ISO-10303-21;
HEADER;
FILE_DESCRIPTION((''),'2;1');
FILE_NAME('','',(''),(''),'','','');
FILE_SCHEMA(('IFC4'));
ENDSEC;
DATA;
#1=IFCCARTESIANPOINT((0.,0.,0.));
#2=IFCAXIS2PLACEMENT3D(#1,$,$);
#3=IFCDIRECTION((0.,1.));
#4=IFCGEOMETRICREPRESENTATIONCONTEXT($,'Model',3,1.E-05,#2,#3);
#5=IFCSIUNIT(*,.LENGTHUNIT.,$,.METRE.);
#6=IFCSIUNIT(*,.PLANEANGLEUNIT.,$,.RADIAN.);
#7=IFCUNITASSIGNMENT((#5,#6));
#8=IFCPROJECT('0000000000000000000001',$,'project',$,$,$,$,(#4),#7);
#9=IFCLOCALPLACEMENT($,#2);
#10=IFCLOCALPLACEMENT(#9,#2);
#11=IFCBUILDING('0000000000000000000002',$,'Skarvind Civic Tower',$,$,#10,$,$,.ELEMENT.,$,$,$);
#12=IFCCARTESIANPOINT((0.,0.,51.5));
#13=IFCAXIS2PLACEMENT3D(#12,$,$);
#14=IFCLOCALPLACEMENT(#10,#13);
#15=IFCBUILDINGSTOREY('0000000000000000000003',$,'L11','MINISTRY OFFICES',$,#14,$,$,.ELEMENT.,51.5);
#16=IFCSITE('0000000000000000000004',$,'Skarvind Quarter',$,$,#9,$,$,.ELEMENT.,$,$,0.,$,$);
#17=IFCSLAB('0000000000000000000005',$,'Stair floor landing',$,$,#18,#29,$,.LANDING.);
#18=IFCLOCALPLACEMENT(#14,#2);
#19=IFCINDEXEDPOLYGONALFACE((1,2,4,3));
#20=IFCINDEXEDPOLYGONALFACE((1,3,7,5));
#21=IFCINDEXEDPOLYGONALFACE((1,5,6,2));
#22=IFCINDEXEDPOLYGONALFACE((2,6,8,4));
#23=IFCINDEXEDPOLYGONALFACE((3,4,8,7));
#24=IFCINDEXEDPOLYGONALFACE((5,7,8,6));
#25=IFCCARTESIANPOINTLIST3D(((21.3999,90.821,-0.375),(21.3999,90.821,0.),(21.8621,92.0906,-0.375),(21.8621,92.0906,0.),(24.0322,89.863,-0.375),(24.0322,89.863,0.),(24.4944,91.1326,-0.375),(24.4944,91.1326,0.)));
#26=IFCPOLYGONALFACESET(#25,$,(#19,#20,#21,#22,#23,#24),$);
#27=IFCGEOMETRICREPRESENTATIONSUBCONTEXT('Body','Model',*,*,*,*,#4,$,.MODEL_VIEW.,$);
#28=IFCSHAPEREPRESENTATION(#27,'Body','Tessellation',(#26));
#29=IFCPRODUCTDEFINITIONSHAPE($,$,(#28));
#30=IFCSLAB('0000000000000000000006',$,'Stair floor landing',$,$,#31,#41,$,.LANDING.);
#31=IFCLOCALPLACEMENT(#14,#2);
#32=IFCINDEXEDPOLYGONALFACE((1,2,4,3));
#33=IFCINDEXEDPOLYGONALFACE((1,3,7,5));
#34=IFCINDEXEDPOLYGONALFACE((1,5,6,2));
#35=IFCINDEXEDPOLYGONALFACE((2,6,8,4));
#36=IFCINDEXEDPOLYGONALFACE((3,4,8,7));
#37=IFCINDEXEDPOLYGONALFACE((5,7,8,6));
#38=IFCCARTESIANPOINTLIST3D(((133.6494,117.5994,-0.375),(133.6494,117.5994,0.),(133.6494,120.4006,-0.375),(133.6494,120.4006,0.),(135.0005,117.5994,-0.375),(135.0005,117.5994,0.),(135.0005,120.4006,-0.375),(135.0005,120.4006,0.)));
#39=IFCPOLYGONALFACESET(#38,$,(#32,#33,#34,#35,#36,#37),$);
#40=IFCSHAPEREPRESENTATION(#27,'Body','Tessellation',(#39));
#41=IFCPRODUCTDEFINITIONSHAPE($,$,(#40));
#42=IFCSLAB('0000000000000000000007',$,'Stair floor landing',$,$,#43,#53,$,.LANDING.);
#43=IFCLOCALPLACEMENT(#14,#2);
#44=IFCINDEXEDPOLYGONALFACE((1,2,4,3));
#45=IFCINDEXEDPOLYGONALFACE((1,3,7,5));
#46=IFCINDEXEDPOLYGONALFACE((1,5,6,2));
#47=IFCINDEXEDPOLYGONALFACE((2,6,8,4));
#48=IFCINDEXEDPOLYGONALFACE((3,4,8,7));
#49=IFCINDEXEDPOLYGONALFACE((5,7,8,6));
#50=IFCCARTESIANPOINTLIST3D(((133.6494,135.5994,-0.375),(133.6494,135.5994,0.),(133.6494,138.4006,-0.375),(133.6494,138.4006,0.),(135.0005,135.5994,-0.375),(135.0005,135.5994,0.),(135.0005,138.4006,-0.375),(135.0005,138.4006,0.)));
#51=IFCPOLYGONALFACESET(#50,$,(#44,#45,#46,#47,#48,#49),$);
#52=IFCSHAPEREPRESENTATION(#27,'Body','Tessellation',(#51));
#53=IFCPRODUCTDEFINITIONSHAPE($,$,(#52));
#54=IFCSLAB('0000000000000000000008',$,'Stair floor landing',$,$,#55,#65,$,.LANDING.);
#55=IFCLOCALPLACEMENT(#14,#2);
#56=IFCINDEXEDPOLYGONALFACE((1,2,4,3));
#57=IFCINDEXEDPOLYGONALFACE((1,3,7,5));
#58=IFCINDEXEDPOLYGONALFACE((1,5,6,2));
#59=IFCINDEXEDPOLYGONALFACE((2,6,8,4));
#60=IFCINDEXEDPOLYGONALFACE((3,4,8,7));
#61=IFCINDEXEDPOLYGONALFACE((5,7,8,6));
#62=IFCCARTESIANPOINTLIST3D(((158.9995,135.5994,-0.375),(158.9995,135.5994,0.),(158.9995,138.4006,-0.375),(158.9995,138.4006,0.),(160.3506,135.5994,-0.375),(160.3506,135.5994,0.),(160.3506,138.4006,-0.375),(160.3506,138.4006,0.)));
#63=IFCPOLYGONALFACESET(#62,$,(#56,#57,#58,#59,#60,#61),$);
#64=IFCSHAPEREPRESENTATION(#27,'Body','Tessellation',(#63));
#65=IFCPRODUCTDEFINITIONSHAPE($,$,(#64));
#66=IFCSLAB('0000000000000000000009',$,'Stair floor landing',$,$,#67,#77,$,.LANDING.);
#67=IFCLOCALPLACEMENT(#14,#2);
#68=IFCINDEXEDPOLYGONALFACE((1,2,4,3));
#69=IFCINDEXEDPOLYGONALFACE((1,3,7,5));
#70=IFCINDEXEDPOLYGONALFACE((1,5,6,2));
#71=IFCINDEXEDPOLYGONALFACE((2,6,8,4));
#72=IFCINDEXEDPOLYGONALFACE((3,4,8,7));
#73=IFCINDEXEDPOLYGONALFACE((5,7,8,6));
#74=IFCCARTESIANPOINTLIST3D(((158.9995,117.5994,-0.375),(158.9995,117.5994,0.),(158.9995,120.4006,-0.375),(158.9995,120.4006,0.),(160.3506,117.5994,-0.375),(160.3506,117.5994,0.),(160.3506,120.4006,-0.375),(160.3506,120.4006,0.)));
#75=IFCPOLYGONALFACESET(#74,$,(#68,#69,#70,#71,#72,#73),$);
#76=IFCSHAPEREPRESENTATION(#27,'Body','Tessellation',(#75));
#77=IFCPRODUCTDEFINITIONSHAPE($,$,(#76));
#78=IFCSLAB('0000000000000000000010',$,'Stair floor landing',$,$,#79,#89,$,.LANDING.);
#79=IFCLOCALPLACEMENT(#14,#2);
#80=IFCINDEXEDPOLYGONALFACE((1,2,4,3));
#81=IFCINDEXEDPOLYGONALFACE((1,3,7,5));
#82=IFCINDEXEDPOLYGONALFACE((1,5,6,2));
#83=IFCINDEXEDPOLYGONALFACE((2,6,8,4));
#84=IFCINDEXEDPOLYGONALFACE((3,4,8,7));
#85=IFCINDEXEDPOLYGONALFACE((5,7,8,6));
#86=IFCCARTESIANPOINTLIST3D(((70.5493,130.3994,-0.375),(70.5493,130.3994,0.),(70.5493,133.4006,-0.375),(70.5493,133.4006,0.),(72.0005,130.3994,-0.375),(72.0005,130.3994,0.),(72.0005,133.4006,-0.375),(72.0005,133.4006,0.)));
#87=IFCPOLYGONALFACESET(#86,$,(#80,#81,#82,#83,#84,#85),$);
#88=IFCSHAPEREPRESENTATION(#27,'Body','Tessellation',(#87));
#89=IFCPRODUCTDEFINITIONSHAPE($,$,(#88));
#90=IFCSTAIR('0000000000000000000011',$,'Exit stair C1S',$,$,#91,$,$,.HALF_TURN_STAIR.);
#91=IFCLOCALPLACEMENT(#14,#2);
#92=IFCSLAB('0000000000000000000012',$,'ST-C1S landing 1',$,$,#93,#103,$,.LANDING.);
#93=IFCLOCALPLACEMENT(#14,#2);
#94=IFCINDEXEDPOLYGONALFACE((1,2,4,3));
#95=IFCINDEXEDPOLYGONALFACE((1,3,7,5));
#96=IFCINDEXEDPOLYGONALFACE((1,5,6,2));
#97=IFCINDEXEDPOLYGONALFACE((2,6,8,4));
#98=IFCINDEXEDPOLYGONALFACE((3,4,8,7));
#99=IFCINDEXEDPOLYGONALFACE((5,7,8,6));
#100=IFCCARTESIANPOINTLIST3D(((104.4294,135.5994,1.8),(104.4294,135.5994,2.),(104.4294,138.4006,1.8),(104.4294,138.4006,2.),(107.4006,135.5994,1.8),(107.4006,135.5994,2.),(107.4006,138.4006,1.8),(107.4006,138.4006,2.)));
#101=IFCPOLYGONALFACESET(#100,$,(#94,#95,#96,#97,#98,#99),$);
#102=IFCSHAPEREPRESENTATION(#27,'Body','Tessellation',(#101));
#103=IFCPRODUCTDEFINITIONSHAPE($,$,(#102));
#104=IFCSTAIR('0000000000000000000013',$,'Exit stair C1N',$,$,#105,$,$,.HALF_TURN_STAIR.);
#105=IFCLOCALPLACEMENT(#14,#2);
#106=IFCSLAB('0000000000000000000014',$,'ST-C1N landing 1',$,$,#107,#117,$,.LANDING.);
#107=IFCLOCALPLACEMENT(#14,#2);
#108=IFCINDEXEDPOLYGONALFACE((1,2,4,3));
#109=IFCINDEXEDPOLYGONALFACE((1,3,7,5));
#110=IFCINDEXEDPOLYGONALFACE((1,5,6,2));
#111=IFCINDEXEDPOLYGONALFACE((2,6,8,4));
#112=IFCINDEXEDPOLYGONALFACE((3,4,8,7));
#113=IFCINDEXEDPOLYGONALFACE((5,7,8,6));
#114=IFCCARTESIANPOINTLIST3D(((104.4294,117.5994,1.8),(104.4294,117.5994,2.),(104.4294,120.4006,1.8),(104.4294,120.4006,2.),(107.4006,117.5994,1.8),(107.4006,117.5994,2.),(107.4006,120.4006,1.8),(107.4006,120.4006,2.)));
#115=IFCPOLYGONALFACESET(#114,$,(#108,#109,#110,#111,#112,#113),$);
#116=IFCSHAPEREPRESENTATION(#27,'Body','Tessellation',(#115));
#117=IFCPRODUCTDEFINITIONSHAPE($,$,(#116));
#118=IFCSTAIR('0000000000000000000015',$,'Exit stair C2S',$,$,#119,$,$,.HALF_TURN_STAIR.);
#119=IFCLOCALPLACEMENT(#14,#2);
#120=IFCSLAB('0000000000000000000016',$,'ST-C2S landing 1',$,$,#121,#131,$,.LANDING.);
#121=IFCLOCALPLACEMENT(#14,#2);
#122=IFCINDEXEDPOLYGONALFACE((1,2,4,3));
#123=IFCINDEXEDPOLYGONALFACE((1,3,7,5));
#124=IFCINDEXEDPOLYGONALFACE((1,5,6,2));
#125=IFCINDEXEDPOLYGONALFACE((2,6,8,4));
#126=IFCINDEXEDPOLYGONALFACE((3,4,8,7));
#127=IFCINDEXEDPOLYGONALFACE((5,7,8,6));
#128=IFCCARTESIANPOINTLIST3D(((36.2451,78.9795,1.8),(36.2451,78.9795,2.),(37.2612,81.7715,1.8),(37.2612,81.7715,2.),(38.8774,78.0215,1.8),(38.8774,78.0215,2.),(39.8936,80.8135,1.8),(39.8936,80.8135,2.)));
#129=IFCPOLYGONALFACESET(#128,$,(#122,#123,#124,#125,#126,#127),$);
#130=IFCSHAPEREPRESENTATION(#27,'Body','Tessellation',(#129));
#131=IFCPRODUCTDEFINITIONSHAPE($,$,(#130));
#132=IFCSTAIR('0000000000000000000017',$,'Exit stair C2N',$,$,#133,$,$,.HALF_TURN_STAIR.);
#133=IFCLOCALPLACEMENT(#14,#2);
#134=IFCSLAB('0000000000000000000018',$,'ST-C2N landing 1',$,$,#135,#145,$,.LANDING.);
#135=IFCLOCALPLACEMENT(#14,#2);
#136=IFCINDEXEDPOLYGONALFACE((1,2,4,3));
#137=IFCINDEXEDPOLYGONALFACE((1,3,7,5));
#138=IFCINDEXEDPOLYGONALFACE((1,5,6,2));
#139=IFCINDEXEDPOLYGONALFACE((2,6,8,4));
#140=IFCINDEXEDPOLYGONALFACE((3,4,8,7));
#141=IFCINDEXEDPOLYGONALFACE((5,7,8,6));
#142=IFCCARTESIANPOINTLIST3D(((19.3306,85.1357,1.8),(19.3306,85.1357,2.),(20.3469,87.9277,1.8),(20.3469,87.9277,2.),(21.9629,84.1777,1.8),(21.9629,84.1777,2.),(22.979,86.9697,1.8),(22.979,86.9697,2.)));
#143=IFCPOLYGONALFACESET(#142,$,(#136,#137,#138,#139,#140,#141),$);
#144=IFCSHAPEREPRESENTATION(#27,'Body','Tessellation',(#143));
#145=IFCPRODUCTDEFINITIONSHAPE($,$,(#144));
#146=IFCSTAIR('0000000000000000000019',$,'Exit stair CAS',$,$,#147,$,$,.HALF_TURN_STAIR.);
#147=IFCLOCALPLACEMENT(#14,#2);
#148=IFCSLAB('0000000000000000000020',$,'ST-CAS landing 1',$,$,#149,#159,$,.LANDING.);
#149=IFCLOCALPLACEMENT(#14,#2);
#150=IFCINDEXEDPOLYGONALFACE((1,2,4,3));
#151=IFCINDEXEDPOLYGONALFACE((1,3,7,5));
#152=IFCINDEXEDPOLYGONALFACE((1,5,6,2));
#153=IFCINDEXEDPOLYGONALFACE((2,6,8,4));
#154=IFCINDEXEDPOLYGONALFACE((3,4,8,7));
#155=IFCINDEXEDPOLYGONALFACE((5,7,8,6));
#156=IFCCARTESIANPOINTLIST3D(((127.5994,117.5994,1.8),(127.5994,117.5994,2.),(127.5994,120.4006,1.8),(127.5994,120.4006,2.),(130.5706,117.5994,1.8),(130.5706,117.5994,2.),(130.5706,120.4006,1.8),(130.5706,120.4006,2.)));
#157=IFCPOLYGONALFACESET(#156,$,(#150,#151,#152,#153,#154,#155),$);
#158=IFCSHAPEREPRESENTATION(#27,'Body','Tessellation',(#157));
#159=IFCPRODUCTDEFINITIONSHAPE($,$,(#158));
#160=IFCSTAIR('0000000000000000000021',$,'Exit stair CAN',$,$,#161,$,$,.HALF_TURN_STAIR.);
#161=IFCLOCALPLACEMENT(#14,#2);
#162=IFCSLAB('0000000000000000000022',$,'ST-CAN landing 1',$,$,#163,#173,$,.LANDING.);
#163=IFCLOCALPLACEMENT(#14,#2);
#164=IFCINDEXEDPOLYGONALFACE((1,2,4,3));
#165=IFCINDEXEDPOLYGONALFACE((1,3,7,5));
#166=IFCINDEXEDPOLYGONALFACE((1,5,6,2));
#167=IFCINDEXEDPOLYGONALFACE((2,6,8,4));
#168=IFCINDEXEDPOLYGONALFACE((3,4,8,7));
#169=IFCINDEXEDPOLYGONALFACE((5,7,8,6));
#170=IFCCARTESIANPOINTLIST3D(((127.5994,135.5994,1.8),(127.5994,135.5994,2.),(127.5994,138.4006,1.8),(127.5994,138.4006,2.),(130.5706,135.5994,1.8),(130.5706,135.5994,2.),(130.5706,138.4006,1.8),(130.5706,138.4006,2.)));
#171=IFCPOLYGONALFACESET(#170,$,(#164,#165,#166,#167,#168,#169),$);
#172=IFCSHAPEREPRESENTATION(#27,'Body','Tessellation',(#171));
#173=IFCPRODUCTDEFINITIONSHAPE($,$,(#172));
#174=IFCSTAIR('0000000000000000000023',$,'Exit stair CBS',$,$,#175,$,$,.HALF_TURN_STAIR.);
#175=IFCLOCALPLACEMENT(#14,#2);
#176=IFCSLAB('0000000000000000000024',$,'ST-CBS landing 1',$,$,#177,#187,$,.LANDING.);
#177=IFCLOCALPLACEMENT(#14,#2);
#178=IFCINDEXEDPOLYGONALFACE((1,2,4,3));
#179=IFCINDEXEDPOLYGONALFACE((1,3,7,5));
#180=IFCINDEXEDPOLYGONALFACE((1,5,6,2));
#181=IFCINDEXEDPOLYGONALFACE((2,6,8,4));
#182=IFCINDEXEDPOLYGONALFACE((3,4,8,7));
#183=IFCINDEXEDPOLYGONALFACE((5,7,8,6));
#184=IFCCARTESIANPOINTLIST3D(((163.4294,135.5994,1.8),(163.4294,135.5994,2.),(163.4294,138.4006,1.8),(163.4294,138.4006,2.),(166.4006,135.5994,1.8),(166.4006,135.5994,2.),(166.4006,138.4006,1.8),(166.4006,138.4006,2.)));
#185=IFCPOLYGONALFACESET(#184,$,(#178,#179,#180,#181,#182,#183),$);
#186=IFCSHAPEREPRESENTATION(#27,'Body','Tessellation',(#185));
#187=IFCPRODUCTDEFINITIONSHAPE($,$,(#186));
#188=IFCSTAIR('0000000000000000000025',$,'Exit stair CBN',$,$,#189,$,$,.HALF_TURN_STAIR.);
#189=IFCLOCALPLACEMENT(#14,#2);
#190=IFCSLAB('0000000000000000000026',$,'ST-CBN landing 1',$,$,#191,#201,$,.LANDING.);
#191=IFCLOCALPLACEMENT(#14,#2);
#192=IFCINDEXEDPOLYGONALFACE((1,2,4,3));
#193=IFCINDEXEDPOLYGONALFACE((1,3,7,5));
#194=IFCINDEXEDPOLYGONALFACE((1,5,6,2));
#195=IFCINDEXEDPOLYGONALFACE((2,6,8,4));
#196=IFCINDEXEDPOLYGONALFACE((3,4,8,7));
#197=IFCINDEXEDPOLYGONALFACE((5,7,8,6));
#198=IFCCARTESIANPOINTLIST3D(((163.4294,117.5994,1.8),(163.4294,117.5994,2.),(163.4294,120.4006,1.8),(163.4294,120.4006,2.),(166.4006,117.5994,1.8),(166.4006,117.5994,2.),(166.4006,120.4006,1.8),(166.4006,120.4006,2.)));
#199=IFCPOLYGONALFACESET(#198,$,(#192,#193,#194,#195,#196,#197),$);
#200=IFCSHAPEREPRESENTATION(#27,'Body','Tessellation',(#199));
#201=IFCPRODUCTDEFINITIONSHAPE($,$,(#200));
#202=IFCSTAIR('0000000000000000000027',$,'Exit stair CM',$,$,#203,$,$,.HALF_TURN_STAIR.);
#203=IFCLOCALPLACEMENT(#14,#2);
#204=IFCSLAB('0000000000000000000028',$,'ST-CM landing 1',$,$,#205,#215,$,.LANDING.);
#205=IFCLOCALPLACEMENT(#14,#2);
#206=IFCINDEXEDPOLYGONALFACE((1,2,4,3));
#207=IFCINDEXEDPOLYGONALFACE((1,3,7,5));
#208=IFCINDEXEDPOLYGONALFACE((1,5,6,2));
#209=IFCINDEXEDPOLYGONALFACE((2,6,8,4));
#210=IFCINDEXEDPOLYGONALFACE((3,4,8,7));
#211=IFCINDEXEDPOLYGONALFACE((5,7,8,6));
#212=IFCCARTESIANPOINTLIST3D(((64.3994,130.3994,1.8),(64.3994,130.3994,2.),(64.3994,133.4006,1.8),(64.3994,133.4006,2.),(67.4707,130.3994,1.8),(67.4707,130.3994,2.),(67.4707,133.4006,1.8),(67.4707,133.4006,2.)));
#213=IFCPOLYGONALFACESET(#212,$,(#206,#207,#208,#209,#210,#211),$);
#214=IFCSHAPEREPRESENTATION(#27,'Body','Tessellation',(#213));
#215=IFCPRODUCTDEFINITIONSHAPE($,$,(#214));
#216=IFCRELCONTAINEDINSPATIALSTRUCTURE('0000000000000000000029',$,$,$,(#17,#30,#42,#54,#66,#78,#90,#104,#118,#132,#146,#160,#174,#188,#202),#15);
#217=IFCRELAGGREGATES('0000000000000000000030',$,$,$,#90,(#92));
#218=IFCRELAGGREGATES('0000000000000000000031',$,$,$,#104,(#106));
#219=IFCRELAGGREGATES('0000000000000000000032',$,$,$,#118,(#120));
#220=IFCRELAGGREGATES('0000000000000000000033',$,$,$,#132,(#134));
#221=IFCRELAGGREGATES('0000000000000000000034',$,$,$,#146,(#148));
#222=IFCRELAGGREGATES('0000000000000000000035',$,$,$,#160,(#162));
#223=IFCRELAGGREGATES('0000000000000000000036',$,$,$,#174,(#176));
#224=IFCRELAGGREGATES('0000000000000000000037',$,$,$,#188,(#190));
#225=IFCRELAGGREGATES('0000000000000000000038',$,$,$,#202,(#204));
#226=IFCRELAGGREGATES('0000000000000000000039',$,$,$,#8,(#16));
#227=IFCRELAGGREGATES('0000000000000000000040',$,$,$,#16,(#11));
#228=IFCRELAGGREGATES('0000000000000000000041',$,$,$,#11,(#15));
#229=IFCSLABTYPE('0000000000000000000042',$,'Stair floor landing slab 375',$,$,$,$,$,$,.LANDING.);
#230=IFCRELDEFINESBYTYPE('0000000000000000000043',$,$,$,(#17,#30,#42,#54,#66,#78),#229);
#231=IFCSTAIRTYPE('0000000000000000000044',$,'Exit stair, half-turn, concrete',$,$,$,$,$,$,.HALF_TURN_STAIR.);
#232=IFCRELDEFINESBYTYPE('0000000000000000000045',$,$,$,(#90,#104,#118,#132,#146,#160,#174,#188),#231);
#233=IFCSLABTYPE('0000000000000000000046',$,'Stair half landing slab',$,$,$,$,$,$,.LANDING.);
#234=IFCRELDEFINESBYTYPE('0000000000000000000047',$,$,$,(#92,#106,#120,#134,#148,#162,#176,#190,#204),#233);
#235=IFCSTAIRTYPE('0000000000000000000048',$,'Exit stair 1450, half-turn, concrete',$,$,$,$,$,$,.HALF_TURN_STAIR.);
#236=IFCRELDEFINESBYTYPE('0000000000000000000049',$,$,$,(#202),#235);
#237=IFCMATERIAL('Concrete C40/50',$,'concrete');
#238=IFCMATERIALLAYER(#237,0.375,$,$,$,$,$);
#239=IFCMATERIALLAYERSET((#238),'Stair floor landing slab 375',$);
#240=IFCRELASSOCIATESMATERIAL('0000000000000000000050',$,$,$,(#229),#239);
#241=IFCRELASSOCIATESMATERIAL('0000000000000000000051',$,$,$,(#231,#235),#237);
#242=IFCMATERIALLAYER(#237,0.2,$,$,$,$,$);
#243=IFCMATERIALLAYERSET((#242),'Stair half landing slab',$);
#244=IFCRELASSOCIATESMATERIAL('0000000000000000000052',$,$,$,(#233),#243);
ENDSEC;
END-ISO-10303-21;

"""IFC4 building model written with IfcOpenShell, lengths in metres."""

from ifc_helpers import new_model, si_unit, direction, frame, origin, place, context, subcontext, project, spatial, polyline, outline, extrude, material, layer, layer_set, type_object, element, aggregate, save


model = new_model("IFC4")

# Units and contexts
model_context = context("Model", 3, precision=1e-05, world=origin(), true_north=direction((0.0, 1.0)))
body_context = subcontext(model_context, "Body", "Model", "MODEL_VIEW")
ifc_project = project(units=[si_unit("LENGTHUNIT", "METRE"), si_unit("PLANEANGLEUNIT", "RADIAN")], contexts=[model_context])

# Site, building, storey
site_placement = place(None, origin())
site = spatial("IfcSite", under=ifc_project, at=site_placement, Name="Skarvind Quarter", CompositionType="ELEMENT", RefElevation=0.0)
building_placement = place(site_placement, origin())
building = spatial("IfcBuilding", under=site, at=building_placement, Name="Skarvind Civic Tower", CompositionType="ELEMENT")
storey_placement = place(building_placement, frame((0.0, 0.0, 51.5)))
storey = spatial("IfcBuildingStorey", under=building, at=storey_placement, Name="L11", Description="MINISTRY OFFICES", CompositionType="ELEMENT", Elevation=51.5)

# Slabs
ifc_material_1 = material(Name="Concrete C40/50", Category="concrete")
ifc_layer_1 = layer(ifc_material_1, 0.375)
ifc_layer_set_1 = layer_set([ifc_layer_1], Name="Stair floor landing slab 375")
slab_type_1 = type_object("IfcSlabType", Name="Stair floor landing slab 375", PredefinedType="LANDING", material=ifc_layer_set_1)
slab_1_placement = place(storey_placement, frame((0.0, 0.0, -0.375)))
element("IfcSlab", 1, at=slab_1_placement, inside=storey, type_object=slab_type_1, Name="Stair floor landing", PredefinedType="LANDING", context=body_context, shape_type="SweptSolid", body=[
    extrude(outline(polyline([(24.0322, 89.863), (21.3999, 90.821), (21.8621, 92.0906), (24.4944, 91.1326), (24.0322, 89.863)])), origin(), (0.0, 0.0, 1.0), 0.375),
])
slab_2_placement = place(storey_placement, frame((0.0, 0.0, -0.375)))
element("IfcSlab", 2, at=slab_2_placement, inside=storey, type_object=slab_type_1, Name="Stair floor landing", PredefinedType="LANDING", context=body_context, shape_type="SweptSolid", body=[
    extrude(outline(polyline([(133.6494, 117.5994), (133.6494, 120.4006), (135.0005, 120.4006), (135.0005, 117.5994), (133.6494, 117.5994)])), origin(), (0.0, 0.0, 1.0), 0.375),
])
slab_3_placement = place(storey_placement, frame((0.0, 0.0, -0.375)))
element("IfcSlab", 3, at=slab_3_placement, inside=storey, type_object=slab_type_1, Name="Stair floor landing", PredefinedType="LANDING", context=body_context, shape_type="SweptSolid", body=[
    extrude(outline(polyline([(133.6494, 135.5994), (133.6494, 138.4006), (135.0005, 138.4006), (135.0005, 135.5994), (133.6494, 135.5994)])), origin(), (0.0, 0.0, 1.0), 0.375),
])
slab_4_placement = place(storey_placement, frame((0.0, 0.0, -0.375)))
element("IfcSlab", 4, at=slab_4_placement, inside=storey, type_object=slab_type_1, Name="Stair floor landing", PredefinedType="LANDING", context=body_context, shape_type="SweptSolid", body=[
    extrude(outline(polyline([(160.3506, 138.4006), (160.3506, 135.5994), (158.9995, 135.5994), (158.9995, 138.4006), (160.3506, 138.4006)])), origin(), (0.0, 0.0, 1.0), 0.375),
])
slab_5_placement = place(storey_placement, frame((0.0, 0.0, -0.375)))
element("IfcSlab", 5, at=slab_5_placement, inside=storey, type_object=slab_type_1, Name="Stair floor landing", PredefinedType="LANDING", context=body_context, shape_type="SweptSolid", body=[
    extrude(outline(polyline([(160.3506, 120.4006), (160.3506, 117.5994), (158.9995, 117.5994), (158.9995, 120.4006), (160.3506, 120.4006)])), origin(), (0.0, 0.0, 1.0), 0.375),
])
slab_6_placement = place(storey_placement, frame((0.0, 0.0, -0.375)))
element("IfcSlab", 6, at=slab_6_placement, inside=storey, type_object=slab_type_1, Name="Stair floor landing", PredefinedType="LANDING", context=body_context, shape_type="SweptSolid", body=[
    extrude(outline(polyline([(70.5493, 130.3994), (70.5493, 133.4006), (72.0005, 133.4006), (72.0005, 130.3994), (70.5493, 130.3994)])), origin(), (0.0, 0.0, 1.0), 0.375),
])

# Stairs, slabs
stair_type_1 = type_object("IfcStairType", Name="Exit stair, half-turn, concrete", PredefinedType="HALF_TURN_STAIR", material=ifc_material_1)
stair_1_placement = place(storey_placement, origin())
stair_1 = element("IfcStair", 7, at=stair_1_placement, inside=storey, type_object=stair_type_1, Name="Exit stair C1S", PredefinedType="HALF_TURN_STAIR")
ifc_layer_2 = layer(ifc_material_1, 0.2)
ifc_layer_set_2 = layer_set([ifc_layer_2], Name="Stair half landing slab")
slab_type_2 = type_object("IfcSlabType", Name="Stair half landing slab", PredefinedType="LANDING", material=ifc_layer_set_2)
slab_7_placement = place(storey_placement, frame((0.0, 0.0, 1.8)))
slab_7 = element("IfcSlab", 8, at=slab_7_placement, type_object=slab_type_2, Name="ST-C1S landing 1", PredefinedType="LANDING", context=body_context, shape_type="SweptSolid", body=[
    extrude(outline(polyline([(104.4294, 135.5994), (104.4294, 138.4006), (107.4006, 138.4006), (107.4006, 135.5994), (104.4294, 135.5994)])), origin(), (0.0, 0.0, 1.0), 0.2),
])
aggregate(stair_1, [slab_7])
stair_2_placement = place(storey_placement, origin())
stair_2 = element("IfcStair", 9, at=stair_2_placement, inside=storey, type_object=stair_type_1, Name="Exit stair C1N", PredefinedType="HALF_TURN_STAIR")
slab_8_placement = place(storey_placement, frame((0.0, 0.0, 1.8)))
slab_8 = element("IfcSlab", 10, at=slab_8_placement, type_object=slab_type_2, Name="ST-C1N landing 1", PredefinedType="LANDING", context=body_context, shape_type="SweptSolid", body=[
    extrude(outline(polyline([(104.4294, 117.5994), (104.4294, 120.4006), (107.4006, 120.4006), (107.4006, 117.5994), (104.4294, 117.5994)])), origin(), (0.0, 0.0, 1.0), 0.2),
])
aggregate(stair_2, [slab_8])
stair_3_placement = place(storey_placement, origin())
stair_3 = element("IfcStair", 11, at=stair_3_placement, inside=storey, type_object=stair_type_1, Name="Exit stair C2S", PredefinedType="HALF_TURN_STAIR")
slab_9_placement = place(storey_placement, frame((0.0, 0.0, 1.8)))
slab_9 = element("IfcSlab", 12, at=slab_9_placement, type_object=slab_type_2, Name="ST-C2S landing 1", PredefinedType="LANDING", context=body_context, shape_type="SweptSolid", body=[
    extrude(outline(polyline([(37.2612, 81.7715), (39.8936, 80.8135), (38.8774, 78.0215), (36.2451, 78.9795), (37.2612, 81.7715)])), origin(), (0.0, 0.0, 1.0), 0.2),
])
aggregate(stair_3, [slab_9])
stair_4_placement = place(storey_placement, origin())
stair_4 = element("IfcStair", 13, at=stair_4_placement, inside=storey, type_object=stair_type_1, Name="Exit stair C2N", PredefinedType="HALF_TURN_STAIR")
slab_10_placement = place(storey_placement, frame((0.0, 0.0, 1.8)))
slab_10 = element("IfcSlab", 14, at=slab_10_placement, type_object=slab_type_2, Name="ST-C2N landing 1", PredefinedType="LANDING", context=body_context, shape_type="SweptSolid", body=[
    extrude(outline(polyline([(20.3469, 87.9277), (22.979, 86.9697), (21.9629, 84.1777), (19.3306, 85.1357), (20.3469, 87.9277)])), origin(), (0.0, 0.0, 1.0), 0.2),
])
aggregate(stair_4, [slab_10])
stair_5_placement = place(storey_placement, origin())
stair_5 = element("IfcStair", 15, at=stair_5_placement, inside=storey, type_object=stair_type_1, Name="Exit stair CAS", PredefinedType="HALF_TURN_STAIR")
slab_11_placement = place(storey_placement, frame((0.0, 0.0, 1.8)))
slab_11 = element("IfcSlab", 16, at=slab_11_placement, type_object=slab_type_2, Name="ST-CAS landing 1", PredefinedType="LANDING", context=body_context, shape_type="SweptSolid", body=[
    extrude(outline(polyline([(130.5706, 120.4006), (130.5706, 117.5994), (127.5994, 117.5994), (127.5994, 120.4006), (130.5706, 120.4006)])), origin(), (0.0, 0.0, 1.0), 0.2),
])
aggregate(stair_5, [slab_11])
stair_6_placement = place(storey_placement, origin())
stair_6 = element("IfcStair", 17, at=stair_6_placement, inside=storey, type_object=stair_type_1, Name="Exit stair CAN", PredefinedType="HALF_TURN_STAIR")
slab_12_placement = place(storey_placement, frame((0.0, 0.0, 1.8)))
slab_12 = element("IfcSlab", 18, at=slab_12_placement, type_object=slab_type_2, Name="ST-CAN landing 1", PredefinedType="LANDING", context=body_context, shape_type="SweptSolid", body=[
    extrude(outline(polyline([(130.5706, 138.4006), (130.5706, 135.5994), (127.5994, 135.5994), (127.5994, 138.4006), (130.5706, 138.4006)])), origin(), (0.0, 0.0, 1.0), 0.2),
])
aggregate(stair_6, [slab_12])
stair_7_placement = place(storey_placement, origin())
stair_7 = element("IfcStair", 19, at=stair_7_placement, inside=storey, type_object=stair_type_1, Name="Exit stair CBS", PredefinedType="HALF_TURN_STAIR")
slab_13_placement = place(storey_placement, frame((0.0, 0.0, 1.8)))
slab_13 = element("IfcSlab", 20, at=slab_13_placement, type_object=slab_type_2, Name="ST-CBS landing 1", PredefinedType="LANDING", context=body_context, shape_type="SweptSolid", body=[
    extrude(outline(polyline([(163.4294, 135.5994), (163.4294, 138.4006), (166.4006, 138.4006), (166.4006, 135.5994), (163.4294, 135.5994)])), origin(), (0.0, 0.0, 1.0), 0.2),
])
aggregate(stair_7, [slab_13])
stair_8_placement = place(storey_placement, origin())
stair_8 = element("IfcStair", 21, at=stair_8_placement, inside=storey, type_object=stair_type_1, Name="Exit stair CBN", PredefinedType="HALF_TURN_STAIR")
slab_14_placement = place(storey_placement, frame((0.0, 0.0, 1.8)))
slab_14 = element("IfcSlab", 22, at=slab_14_placement, type_object=slab_type_2, Name="ST-CBN landing 1", PredefinedType="LANDING", context=body_context, shape_type="SweptSolid", body=[
    extrude(outline(polyline([(163.4294, 117.5994), (163.4294, 120.4006), (166.4006, 120.4006), (166.4006, 117.5994), (163.4294, 117.5994)])), origin(), (0.0, 0.0, 1.0), 0.2),
])
aggregate(stair_8, [slab_14])
stair_type_2 = type_object("IfcStairType", Name="Exit stair 1450, half-turn, concrete", PredefinedType="HALF_TURN_STAIR", material=ifc_material_1)
stair_9_placement = place(storey_placement, origin())
stair_9 = element("IfcStair", 23, at=stair_9_placement, inside=storey, type_object=stair_type_2, Name="Exit stair CM", PredefinedType="HALF_TURN_STAIR")
slab_15_placement = place(storey_placement, frame((0.0, 0.0, 1.8)))
slab_15 = element("IfcSlab", 24, at=slab_15_placement, type_object=slab_type_2, Name="ST-CM landing 1", PredefinedType="LANDING", context=body_context, shape_type="SweptSolid", body=[
    extrude(outline(polyline([(67.4707, 133.4006), (67.4707, 130.3994), (64.3994, 130.3994), (64.3994, 133.4006), (67.4707, 133.4006)])), origin(), (0.0, 0.0, 1.0), 0.2),
])
aggregate(stair_9, [slab_15])

save(model, "model.ifc")
